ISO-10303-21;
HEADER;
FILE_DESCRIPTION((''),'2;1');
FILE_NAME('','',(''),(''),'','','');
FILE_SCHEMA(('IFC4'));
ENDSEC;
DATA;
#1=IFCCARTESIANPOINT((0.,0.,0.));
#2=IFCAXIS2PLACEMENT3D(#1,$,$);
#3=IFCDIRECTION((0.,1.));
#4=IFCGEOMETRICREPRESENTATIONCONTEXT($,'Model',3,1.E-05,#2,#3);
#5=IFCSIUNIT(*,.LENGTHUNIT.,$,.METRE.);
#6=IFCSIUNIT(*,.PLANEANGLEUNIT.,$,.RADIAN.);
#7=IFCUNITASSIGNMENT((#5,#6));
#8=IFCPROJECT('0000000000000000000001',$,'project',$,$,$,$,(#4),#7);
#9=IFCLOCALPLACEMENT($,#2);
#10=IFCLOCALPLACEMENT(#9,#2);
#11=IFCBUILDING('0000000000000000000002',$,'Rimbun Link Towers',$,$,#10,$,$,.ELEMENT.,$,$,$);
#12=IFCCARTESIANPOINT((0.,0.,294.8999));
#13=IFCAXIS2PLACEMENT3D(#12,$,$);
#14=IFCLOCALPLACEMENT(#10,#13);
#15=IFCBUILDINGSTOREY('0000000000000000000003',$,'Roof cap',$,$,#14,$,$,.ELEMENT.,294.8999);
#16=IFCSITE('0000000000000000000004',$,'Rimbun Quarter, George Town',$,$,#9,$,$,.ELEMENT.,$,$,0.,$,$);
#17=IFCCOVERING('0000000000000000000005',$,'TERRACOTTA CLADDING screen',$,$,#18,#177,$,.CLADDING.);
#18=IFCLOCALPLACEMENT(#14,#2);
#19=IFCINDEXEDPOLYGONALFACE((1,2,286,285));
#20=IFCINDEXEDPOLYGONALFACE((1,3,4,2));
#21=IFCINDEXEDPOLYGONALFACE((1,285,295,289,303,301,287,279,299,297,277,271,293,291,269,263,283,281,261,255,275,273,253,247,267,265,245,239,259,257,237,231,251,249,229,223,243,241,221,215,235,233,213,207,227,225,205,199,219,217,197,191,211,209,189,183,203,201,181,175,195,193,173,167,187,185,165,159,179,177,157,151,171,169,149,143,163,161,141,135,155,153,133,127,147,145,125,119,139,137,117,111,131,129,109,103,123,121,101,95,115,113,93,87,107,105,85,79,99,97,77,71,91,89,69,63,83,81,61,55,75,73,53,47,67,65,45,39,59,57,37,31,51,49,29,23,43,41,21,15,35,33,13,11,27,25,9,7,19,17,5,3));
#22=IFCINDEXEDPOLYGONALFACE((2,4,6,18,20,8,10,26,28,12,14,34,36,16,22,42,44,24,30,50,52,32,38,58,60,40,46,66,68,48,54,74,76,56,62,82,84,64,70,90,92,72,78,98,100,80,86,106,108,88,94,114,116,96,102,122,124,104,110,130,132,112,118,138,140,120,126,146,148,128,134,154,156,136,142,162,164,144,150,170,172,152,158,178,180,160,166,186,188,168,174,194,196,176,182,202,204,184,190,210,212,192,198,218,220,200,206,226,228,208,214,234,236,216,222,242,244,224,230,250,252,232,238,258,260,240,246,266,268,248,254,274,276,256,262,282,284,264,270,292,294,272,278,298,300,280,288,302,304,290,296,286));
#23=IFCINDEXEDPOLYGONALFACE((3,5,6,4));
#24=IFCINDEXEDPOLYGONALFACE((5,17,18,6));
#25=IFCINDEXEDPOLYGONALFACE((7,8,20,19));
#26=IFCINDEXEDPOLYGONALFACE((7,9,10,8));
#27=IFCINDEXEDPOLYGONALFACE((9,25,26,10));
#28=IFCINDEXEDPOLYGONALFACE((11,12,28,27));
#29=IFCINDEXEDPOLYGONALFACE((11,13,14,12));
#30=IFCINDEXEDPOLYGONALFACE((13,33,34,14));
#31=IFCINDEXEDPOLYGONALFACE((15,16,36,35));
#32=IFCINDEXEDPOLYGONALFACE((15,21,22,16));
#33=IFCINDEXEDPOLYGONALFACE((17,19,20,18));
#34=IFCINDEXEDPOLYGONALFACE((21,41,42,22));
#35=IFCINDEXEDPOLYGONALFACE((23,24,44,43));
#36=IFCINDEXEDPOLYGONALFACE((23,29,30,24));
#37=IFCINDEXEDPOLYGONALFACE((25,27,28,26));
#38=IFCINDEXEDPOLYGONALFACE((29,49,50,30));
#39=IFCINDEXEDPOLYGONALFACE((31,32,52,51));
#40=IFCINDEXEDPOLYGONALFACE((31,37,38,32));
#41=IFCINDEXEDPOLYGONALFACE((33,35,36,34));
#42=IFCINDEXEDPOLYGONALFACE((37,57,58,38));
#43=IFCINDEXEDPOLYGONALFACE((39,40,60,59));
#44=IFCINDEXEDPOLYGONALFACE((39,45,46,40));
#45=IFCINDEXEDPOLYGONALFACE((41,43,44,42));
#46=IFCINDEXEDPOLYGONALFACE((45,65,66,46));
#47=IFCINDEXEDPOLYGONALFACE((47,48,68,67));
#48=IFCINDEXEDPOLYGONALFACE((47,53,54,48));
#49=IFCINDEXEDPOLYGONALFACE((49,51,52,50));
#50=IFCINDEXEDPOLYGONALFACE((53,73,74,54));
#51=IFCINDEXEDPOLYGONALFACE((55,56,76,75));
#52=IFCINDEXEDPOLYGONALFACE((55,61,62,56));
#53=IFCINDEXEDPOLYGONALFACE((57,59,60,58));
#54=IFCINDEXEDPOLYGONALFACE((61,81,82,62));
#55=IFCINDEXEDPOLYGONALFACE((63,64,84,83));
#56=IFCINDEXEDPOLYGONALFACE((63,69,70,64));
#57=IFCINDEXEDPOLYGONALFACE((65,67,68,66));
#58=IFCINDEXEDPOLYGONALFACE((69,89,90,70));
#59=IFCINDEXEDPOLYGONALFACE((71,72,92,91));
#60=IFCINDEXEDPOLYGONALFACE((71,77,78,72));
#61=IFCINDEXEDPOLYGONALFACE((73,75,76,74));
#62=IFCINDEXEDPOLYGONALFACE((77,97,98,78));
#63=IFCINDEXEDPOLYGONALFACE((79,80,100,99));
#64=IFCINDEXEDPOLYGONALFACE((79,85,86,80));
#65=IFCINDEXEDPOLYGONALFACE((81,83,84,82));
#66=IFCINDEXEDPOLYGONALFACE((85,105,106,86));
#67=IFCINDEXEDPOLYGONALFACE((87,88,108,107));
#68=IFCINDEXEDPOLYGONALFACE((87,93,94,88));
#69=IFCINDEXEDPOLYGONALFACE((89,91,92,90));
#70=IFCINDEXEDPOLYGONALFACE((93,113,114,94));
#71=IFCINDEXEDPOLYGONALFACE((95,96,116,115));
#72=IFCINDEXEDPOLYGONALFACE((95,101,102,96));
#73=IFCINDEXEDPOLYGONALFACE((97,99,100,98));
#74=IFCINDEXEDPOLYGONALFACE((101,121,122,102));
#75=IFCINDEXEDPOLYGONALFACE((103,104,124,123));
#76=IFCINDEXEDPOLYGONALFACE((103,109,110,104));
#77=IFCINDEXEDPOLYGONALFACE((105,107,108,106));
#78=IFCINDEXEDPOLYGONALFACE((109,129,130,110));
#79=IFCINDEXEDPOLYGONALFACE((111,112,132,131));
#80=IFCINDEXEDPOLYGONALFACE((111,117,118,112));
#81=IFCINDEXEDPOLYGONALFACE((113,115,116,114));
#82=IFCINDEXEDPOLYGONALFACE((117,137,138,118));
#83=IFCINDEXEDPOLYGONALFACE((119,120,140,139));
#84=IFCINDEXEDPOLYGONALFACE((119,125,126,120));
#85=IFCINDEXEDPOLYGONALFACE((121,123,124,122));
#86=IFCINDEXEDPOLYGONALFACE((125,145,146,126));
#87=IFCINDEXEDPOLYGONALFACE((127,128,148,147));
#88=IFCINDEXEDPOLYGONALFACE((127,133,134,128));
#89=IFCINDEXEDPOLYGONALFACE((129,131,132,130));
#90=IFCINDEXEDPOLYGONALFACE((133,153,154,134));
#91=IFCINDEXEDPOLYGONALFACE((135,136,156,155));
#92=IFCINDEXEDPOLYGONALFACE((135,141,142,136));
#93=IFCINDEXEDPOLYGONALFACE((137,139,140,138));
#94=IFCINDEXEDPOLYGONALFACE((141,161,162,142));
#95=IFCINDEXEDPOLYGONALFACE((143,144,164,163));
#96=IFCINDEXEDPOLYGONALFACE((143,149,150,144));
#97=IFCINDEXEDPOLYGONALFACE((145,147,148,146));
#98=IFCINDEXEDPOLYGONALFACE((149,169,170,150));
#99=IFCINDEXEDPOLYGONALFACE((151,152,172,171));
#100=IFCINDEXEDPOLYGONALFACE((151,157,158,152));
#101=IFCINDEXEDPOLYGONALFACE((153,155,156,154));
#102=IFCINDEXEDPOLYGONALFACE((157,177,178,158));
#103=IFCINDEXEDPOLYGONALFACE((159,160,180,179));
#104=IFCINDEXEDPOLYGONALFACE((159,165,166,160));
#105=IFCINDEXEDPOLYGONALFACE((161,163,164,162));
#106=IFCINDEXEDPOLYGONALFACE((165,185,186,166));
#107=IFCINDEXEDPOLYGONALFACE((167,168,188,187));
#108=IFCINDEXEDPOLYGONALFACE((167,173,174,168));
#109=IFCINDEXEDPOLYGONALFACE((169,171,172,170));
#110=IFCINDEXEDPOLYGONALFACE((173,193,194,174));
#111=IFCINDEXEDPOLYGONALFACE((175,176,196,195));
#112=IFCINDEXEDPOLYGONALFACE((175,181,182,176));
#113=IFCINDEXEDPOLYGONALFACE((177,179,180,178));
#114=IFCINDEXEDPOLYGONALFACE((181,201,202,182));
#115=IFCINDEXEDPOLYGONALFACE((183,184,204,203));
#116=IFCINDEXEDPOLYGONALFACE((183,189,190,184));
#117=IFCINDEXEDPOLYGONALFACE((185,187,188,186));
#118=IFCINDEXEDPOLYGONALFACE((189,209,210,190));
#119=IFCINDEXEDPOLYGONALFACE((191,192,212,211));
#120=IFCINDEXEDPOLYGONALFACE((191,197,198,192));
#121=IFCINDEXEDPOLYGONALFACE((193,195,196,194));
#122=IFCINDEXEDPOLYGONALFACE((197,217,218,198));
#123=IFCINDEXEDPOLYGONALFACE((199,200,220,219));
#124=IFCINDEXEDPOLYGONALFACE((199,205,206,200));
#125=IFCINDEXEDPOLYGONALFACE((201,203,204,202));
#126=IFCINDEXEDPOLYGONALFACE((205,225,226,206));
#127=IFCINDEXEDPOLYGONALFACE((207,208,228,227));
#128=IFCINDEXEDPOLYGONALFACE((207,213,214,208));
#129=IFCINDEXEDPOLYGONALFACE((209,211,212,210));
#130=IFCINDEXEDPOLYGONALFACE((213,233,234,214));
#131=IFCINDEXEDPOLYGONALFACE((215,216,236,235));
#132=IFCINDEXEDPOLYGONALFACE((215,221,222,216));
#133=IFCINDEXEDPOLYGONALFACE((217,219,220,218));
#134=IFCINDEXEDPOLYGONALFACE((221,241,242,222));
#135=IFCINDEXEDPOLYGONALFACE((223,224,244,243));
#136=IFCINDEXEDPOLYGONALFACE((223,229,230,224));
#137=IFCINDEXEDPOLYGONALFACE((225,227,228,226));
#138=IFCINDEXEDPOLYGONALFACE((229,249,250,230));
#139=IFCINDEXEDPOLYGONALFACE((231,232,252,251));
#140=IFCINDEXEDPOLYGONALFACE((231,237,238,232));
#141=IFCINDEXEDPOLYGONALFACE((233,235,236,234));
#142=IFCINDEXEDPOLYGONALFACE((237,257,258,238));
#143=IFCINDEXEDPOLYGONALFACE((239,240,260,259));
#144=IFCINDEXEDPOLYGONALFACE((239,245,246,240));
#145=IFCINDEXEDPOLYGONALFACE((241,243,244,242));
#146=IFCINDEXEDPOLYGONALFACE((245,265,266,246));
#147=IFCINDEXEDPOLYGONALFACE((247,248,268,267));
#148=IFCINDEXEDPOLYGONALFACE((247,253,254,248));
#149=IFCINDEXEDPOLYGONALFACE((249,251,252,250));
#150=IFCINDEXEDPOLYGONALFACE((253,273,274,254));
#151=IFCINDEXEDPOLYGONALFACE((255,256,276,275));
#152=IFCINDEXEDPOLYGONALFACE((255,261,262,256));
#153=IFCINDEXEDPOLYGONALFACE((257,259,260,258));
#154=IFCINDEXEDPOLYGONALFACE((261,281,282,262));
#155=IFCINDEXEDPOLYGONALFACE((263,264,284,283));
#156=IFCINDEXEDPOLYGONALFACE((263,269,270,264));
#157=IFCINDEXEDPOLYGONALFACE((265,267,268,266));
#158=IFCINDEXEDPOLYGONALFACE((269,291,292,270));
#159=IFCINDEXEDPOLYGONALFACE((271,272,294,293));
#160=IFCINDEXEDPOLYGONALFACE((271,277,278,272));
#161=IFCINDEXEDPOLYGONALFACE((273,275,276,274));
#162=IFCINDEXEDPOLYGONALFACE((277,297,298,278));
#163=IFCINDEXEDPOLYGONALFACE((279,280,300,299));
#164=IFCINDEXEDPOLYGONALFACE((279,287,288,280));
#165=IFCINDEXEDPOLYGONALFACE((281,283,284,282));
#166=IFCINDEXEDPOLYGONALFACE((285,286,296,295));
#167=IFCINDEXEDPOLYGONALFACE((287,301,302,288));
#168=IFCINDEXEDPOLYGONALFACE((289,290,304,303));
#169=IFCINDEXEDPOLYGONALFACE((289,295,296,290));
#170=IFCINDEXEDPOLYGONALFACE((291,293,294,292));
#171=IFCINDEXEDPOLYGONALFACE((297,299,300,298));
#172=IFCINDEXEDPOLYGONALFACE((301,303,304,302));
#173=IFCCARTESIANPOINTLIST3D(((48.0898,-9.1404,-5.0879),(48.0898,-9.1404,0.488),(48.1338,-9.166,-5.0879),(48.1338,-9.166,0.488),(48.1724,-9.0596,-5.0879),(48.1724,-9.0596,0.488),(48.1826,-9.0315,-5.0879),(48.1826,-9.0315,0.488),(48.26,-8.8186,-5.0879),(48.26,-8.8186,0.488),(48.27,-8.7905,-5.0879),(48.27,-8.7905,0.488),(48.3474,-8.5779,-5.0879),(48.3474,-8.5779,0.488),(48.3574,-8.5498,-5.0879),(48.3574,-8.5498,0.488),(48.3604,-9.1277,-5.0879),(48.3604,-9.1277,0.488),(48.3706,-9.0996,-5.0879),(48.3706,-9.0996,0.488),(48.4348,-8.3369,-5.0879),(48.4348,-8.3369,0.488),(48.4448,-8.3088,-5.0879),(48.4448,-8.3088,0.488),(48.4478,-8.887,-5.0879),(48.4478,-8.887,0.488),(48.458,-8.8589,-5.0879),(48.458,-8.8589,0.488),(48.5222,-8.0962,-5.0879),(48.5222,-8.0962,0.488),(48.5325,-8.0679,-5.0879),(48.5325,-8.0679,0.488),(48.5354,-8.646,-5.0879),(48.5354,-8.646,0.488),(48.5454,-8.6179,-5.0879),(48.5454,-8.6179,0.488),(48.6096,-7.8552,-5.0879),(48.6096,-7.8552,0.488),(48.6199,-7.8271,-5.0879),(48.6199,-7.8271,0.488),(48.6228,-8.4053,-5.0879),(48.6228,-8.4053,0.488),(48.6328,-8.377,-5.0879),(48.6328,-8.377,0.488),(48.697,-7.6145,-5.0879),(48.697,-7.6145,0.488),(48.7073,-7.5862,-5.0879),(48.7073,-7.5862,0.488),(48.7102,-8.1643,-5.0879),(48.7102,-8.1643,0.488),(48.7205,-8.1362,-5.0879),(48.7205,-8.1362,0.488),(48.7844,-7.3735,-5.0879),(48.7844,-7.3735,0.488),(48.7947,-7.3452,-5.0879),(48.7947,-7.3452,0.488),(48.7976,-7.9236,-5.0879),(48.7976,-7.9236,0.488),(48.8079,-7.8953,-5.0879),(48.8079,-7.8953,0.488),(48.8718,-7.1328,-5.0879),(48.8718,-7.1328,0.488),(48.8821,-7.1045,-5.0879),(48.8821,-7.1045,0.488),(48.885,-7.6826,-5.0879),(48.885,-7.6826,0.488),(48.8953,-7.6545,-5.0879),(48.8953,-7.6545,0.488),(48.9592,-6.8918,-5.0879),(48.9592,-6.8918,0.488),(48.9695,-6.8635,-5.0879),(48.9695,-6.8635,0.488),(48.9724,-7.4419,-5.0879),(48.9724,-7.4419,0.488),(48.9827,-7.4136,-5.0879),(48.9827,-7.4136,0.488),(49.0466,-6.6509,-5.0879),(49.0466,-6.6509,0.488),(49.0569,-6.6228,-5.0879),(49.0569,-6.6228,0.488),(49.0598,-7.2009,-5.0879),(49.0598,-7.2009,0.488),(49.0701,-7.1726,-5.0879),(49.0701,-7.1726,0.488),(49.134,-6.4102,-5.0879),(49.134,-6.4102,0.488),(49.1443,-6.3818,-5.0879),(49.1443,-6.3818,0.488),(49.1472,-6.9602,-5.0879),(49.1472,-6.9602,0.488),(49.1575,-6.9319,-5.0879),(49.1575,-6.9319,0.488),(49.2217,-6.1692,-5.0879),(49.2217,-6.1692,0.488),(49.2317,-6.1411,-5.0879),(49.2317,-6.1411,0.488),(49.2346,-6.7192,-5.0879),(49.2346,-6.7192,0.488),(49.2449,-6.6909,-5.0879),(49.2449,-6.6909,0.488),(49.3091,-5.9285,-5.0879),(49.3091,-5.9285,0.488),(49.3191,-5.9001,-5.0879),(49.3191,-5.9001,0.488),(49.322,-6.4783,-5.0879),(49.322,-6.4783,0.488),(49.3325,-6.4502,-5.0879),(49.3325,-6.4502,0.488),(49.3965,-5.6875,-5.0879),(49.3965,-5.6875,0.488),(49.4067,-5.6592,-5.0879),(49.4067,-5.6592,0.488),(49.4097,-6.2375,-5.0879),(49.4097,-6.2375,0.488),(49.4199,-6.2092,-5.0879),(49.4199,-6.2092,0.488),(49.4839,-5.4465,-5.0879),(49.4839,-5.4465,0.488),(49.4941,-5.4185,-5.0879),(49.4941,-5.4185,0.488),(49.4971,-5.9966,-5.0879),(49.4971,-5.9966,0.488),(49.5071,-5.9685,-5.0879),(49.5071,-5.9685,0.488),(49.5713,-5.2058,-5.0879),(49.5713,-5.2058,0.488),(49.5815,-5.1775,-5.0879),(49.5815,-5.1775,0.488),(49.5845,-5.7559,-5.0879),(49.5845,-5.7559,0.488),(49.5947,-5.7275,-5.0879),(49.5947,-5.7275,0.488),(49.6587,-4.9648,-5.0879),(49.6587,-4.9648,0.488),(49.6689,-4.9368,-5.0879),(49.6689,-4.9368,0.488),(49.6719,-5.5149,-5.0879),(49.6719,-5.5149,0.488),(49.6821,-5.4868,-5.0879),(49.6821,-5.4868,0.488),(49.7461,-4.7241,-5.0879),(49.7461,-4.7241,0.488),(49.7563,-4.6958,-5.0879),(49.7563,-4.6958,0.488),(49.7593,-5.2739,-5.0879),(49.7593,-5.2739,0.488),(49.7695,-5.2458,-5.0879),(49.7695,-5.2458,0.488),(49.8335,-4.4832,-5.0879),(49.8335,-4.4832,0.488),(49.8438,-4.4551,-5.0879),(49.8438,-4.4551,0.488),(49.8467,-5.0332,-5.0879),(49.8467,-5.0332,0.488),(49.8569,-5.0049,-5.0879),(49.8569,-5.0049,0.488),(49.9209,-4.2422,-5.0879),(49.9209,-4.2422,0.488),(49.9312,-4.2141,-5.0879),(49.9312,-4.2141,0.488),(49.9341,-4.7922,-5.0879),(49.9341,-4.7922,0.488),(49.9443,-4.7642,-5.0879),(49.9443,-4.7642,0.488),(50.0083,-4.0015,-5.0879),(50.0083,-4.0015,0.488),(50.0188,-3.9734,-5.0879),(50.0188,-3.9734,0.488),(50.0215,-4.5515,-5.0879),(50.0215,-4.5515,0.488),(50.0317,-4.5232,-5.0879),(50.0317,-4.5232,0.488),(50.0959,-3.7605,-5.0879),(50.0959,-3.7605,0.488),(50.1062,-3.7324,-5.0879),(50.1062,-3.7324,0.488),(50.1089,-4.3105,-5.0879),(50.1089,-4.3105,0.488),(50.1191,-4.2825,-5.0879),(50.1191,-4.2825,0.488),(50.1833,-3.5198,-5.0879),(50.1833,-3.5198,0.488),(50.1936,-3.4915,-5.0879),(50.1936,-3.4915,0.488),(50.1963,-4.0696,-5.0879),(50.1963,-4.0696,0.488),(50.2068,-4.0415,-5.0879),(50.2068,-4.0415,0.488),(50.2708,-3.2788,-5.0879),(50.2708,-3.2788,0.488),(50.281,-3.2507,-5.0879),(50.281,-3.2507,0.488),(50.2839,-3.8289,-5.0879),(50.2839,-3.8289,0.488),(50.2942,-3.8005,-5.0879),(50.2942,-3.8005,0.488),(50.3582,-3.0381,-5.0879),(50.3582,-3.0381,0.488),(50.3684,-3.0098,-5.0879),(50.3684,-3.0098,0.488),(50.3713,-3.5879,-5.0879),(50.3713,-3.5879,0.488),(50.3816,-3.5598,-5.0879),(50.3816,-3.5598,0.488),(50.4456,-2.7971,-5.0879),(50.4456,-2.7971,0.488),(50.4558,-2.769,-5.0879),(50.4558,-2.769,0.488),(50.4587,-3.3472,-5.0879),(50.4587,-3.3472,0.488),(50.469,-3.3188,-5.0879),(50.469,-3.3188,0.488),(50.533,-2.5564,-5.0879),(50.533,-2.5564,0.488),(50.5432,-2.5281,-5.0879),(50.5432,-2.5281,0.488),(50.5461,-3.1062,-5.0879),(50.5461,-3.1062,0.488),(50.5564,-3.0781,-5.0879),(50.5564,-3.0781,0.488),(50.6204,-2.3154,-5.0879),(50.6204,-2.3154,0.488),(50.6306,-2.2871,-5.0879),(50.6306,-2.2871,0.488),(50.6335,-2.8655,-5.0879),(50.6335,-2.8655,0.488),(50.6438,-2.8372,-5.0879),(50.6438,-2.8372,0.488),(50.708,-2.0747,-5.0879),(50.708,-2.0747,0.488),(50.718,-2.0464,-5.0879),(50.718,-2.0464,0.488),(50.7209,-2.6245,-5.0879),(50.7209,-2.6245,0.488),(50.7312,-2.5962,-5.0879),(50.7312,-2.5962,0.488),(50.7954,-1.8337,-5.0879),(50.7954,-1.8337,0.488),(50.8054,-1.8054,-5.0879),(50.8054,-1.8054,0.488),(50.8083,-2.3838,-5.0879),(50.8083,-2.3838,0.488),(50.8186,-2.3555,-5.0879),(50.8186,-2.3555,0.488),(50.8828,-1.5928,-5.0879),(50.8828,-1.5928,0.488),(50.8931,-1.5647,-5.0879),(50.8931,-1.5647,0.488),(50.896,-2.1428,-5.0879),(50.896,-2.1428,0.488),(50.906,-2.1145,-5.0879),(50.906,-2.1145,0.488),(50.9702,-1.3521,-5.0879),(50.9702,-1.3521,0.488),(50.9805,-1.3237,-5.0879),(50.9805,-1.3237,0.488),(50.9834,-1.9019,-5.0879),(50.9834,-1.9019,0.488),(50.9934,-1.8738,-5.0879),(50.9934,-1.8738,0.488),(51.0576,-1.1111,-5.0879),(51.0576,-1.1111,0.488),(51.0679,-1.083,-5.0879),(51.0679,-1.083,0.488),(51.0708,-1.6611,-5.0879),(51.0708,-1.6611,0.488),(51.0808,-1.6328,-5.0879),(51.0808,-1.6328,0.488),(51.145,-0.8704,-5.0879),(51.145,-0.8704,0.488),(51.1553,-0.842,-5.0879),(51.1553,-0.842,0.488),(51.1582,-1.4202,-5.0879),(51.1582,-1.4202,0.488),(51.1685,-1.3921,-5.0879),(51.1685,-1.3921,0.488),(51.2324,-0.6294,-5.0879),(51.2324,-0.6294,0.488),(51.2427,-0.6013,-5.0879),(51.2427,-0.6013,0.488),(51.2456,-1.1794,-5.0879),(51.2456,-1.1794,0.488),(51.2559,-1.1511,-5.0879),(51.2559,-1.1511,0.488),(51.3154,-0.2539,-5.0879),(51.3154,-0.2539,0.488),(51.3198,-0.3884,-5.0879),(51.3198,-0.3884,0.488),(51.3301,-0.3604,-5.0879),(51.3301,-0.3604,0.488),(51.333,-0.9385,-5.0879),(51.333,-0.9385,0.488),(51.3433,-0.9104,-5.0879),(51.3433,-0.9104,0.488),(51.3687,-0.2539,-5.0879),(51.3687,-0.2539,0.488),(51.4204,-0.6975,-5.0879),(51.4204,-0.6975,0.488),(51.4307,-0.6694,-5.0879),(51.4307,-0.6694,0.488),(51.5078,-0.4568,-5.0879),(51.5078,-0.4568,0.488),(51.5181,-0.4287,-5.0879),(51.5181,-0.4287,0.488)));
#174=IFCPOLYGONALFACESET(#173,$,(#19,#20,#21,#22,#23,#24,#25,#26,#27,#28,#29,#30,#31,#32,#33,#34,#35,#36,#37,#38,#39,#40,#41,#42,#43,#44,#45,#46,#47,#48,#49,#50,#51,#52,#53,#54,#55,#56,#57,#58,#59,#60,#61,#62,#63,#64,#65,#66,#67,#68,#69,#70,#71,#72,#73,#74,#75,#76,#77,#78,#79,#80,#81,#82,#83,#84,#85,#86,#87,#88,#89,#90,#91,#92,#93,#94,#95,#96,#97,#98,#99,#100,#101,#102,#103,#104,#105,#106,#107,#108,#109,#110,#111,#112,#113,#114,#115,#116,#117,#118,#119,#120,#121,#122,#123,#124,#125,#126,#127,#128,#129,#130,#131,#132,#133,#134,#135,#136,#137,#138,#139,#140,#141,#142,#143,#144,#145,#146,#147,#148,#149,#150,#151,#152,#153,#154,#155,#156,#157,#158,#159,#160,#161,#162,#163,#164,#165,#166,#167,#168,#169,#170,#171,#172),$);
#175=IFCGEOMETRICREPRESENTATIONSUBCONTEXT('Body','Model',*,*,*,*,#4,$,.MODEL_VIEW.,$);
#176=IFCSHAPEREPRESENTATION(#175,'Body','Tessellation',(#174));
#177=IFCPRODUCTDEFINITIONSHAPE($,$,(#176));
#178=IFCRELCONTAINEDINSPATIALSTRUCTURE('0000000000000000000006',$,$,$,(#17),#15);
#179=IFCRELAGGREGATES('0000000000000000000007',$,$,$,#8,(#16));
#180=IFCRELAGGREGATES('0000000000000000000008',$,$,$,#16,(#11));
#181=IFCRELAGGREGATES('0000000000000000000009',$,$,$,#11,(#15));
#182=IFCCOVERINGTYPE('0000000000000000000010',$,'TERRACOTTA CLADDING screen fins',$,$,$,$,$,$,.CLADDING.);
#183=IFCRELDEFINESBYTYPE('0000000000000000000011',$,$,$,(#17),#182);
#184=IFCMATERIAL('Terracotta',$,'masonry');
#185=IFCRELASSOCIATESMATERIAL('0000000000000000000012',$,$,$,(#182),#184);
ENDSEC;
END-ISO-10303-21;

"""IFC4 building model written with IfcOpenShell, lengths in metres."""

from ifc_helpers import new_model, si_unit, direction, frame, origin, place, context, subcontext, project, spatial, polyline, outline, extrude, material, type_object, element, save


model = new_model("IFC4")

# Units and contexts
model_context = context("Model", 3, precision=1e-05, world=origin(), true_north=direction((0.0, 1.0)))
body_context = subcontext(model_context, "Body", "Model", "MODEL_VIEW")
ifc_project = project(units=[si_unit("LENGTHUNIT", "METRE"), si_unit("PLANEANGLEUNIT", "RADIAN")], contexts=[model_context])

# Site, building, storey
site_placement = place(None, origin())
site = spatial("IfcSite", under=ifc_project, at=site_placement, Name="Rimbun Quarter, George Town", CompositionType="ELEMENT", RefElevation=0.0)
building_placement = place(site_placement, origin())
building = spatial("IfcBuilding", under=site, at=building_placement, Name="Rimbun Link Towers", CompositionType="ELEMENT")
storey_placement = place(building_placement, frame((0.0, 0.0, 294.8999)))
storey = spatial("IfcBuildingStorey", under=building, at=storey_placement, Name="Roof cap", CompositionType="ELEMENT", Elevation=294.8999)

# Covering
ifc_material_1 = material(Name="Terracotta", Category="masonry")
covering_type_1 = type_object("IfcCoveringType", Name="TERRACOTTA CLADDING screen fins", PredefinedType="CLADDING", material=ifc_material_1)
covering_1_placement = place(storey_placement, frame((0.0, 0.0, -5.0879)))
element("IfcCovering", 1, at=covering_1_placement, inside=storey, type_object=covering_type_1, Name="TERRACOTTA CLADDING screen", PredefinedType="CLADDING", context=body_context, shape_type="SweptSolid", body=[
    extrude(outline(polyline([(48.1338, -9.166), (48.1724, -9.0596), (48.3604, -9.1277), (48.3706, -9.0996), (48.1826, -9.0315), (48.26, -8.8186), (48.4478, -8.887), (48.458, -8.8589), (48.27, -8.7905), (48.3474, -8.5779), (48.5354, -8.646), (48.5454, -8.6179), (48.3574, -8.5498), (48.4348, -8.3369), (48.6228, -8.4053), (48.6328, -8.377), (48.4448, -8.3088), (48.5222, -8.0962), (48.7102, -8.1643), (48.7205, -8.1362), (48.5325, -8.0679), (48.6096, -7.8552), (48.7976, -7.9236), (48.8079, -7.8953), (48.6199, -7.8271), (48.697, -7.6145), (48.885, -7.6826), (48.8953, -7.6545), (48.7073, -7.5862), (48.7844, -7.3735), (48.9724, -7.4419), (48.9827, -7.4136), (48.7947, -7.3452), (48.8718, -7.1328), (49.0598, -7.2009), (49.0701, -7.1726), (48.8821, -7.1045), (48.9592, -6.8918), (49.1472, -6.9602), (49.1575, -6.9319), (48.9695, -6.8635), (49.0466, -6.6509), (49.2346, -6.7192), (49.2449, -6.6909), (49.0569, -6.6228), (49.134, -6.4102), (49.322, -6.4783), (49.3325, -6.4502), (49.1443, -6.3818), (49.2217, -6.1692), (49.4097, -6.2375), (49.4199, -6.2092), (49.2317, -6.1411), (49.3091, -5.9285), (49.4971, -5.9966), (49.5071, -5.9685), (49.3191, -5.9001), (49.3965, -5.6875), (49.5845, -5.7559), (49.5947, -5.7275), (49.4067, -5.6592), (49.4839, -5.4465), (49.6719, -5.5149), (49.6821, -5.4868), (49.4941, -5.4185), (49.5713, -5.2058), (49.7593, -5.2739), (49.7695, -5.2458), (49.5815, -5.1775), (49.6587, -4.9648), (49.8467, -5.0332), (49.8569, -5.0049), (49.6689, -4.9368), (49.7461, -4.7241), (49.9341, -4.7922), (49.9443, -4.7642), (49.7563, -4.6958), (49.8335, -4.4832), (50.0215, -4.5515), (50.0317, -4.5232), (49.8438, -4.4551), (49.9209, -4.2422), (50.1089, -4.3105), (50.1191, -4.2825), (49.9312, -4.2141), (50.0083, -4.0015), (50.1963, -4.0696), (50.2068, -4.0415), (50.0188, -3.9734), (50.0959, -3.7605), (50.2839, -3.8289), (50.2942, -3.8005), (50.1062, -3.7324), (50.1833, -3.5198), (50.3713, -3.5879), (50.3816, -3.5598), (50.1936, -3.4915), (50.2708, -3.2788), (50.4587, -3.3472), (50.469, -3.3188), (50.281, -3.2507), (50.3582, -3.0381), (50.5461, -3.1062), (50.5564, -3.0781), (50.3684, -3.0098), (50.4456, -2.7971), (50.6335, -2.8655), (50.6438, -2.8372), (50.4558, -2.769), (50.533, -2.5564), (50.7209, -2.6245), (50.7312, -2.5962), (50.5432, -2.5281), (50.6204, -2.3154), (50.8083, -2.3838), (50.8186, -2.3555), (50.6306, -2.2871), (50.708, -2.0747), (50.896, -2.1428), (50.906, -2.1145), (50.718, -2.0464), (50.7954, -1.8337), (50.9834, -1.9019), (50.9934, -1.8738), (50.8054, -1.8054), (50.8828, -1.5928), (51.0708, -1.6611), (51.0808, -1.6328), (50.8931, -1.5647), (50.9702, -1.3521), (51.1582, -1.4202), (51.1685, -1.3921), (50.9805, -1.3237), (51.0576, -1.1111), (51.2456, -1.1794), (51.2559, -1.1511), (51.0679, -1.083), (51.145, -0.8704), (51.333, -0.9385), (51.3433, -0.9104), (51.1553, -0.842), (51.2324, -0.6294), (51.4204, -0.6975), (51.4307, -0.6694), (51.2427, -0.6013), (51.3198, -0.3884), (51.5078, -0.4568), (51.5181, -0.4287), (51.3301, -0.3604), (51.3687, -0.2539), (51.3154, -0.2539), (48.0898, -9.1404), (48.1338, -9.166)])), origin(), (0.0, 0.0, 1.0), 5.5759),
])

save(model, "model.ifc")
